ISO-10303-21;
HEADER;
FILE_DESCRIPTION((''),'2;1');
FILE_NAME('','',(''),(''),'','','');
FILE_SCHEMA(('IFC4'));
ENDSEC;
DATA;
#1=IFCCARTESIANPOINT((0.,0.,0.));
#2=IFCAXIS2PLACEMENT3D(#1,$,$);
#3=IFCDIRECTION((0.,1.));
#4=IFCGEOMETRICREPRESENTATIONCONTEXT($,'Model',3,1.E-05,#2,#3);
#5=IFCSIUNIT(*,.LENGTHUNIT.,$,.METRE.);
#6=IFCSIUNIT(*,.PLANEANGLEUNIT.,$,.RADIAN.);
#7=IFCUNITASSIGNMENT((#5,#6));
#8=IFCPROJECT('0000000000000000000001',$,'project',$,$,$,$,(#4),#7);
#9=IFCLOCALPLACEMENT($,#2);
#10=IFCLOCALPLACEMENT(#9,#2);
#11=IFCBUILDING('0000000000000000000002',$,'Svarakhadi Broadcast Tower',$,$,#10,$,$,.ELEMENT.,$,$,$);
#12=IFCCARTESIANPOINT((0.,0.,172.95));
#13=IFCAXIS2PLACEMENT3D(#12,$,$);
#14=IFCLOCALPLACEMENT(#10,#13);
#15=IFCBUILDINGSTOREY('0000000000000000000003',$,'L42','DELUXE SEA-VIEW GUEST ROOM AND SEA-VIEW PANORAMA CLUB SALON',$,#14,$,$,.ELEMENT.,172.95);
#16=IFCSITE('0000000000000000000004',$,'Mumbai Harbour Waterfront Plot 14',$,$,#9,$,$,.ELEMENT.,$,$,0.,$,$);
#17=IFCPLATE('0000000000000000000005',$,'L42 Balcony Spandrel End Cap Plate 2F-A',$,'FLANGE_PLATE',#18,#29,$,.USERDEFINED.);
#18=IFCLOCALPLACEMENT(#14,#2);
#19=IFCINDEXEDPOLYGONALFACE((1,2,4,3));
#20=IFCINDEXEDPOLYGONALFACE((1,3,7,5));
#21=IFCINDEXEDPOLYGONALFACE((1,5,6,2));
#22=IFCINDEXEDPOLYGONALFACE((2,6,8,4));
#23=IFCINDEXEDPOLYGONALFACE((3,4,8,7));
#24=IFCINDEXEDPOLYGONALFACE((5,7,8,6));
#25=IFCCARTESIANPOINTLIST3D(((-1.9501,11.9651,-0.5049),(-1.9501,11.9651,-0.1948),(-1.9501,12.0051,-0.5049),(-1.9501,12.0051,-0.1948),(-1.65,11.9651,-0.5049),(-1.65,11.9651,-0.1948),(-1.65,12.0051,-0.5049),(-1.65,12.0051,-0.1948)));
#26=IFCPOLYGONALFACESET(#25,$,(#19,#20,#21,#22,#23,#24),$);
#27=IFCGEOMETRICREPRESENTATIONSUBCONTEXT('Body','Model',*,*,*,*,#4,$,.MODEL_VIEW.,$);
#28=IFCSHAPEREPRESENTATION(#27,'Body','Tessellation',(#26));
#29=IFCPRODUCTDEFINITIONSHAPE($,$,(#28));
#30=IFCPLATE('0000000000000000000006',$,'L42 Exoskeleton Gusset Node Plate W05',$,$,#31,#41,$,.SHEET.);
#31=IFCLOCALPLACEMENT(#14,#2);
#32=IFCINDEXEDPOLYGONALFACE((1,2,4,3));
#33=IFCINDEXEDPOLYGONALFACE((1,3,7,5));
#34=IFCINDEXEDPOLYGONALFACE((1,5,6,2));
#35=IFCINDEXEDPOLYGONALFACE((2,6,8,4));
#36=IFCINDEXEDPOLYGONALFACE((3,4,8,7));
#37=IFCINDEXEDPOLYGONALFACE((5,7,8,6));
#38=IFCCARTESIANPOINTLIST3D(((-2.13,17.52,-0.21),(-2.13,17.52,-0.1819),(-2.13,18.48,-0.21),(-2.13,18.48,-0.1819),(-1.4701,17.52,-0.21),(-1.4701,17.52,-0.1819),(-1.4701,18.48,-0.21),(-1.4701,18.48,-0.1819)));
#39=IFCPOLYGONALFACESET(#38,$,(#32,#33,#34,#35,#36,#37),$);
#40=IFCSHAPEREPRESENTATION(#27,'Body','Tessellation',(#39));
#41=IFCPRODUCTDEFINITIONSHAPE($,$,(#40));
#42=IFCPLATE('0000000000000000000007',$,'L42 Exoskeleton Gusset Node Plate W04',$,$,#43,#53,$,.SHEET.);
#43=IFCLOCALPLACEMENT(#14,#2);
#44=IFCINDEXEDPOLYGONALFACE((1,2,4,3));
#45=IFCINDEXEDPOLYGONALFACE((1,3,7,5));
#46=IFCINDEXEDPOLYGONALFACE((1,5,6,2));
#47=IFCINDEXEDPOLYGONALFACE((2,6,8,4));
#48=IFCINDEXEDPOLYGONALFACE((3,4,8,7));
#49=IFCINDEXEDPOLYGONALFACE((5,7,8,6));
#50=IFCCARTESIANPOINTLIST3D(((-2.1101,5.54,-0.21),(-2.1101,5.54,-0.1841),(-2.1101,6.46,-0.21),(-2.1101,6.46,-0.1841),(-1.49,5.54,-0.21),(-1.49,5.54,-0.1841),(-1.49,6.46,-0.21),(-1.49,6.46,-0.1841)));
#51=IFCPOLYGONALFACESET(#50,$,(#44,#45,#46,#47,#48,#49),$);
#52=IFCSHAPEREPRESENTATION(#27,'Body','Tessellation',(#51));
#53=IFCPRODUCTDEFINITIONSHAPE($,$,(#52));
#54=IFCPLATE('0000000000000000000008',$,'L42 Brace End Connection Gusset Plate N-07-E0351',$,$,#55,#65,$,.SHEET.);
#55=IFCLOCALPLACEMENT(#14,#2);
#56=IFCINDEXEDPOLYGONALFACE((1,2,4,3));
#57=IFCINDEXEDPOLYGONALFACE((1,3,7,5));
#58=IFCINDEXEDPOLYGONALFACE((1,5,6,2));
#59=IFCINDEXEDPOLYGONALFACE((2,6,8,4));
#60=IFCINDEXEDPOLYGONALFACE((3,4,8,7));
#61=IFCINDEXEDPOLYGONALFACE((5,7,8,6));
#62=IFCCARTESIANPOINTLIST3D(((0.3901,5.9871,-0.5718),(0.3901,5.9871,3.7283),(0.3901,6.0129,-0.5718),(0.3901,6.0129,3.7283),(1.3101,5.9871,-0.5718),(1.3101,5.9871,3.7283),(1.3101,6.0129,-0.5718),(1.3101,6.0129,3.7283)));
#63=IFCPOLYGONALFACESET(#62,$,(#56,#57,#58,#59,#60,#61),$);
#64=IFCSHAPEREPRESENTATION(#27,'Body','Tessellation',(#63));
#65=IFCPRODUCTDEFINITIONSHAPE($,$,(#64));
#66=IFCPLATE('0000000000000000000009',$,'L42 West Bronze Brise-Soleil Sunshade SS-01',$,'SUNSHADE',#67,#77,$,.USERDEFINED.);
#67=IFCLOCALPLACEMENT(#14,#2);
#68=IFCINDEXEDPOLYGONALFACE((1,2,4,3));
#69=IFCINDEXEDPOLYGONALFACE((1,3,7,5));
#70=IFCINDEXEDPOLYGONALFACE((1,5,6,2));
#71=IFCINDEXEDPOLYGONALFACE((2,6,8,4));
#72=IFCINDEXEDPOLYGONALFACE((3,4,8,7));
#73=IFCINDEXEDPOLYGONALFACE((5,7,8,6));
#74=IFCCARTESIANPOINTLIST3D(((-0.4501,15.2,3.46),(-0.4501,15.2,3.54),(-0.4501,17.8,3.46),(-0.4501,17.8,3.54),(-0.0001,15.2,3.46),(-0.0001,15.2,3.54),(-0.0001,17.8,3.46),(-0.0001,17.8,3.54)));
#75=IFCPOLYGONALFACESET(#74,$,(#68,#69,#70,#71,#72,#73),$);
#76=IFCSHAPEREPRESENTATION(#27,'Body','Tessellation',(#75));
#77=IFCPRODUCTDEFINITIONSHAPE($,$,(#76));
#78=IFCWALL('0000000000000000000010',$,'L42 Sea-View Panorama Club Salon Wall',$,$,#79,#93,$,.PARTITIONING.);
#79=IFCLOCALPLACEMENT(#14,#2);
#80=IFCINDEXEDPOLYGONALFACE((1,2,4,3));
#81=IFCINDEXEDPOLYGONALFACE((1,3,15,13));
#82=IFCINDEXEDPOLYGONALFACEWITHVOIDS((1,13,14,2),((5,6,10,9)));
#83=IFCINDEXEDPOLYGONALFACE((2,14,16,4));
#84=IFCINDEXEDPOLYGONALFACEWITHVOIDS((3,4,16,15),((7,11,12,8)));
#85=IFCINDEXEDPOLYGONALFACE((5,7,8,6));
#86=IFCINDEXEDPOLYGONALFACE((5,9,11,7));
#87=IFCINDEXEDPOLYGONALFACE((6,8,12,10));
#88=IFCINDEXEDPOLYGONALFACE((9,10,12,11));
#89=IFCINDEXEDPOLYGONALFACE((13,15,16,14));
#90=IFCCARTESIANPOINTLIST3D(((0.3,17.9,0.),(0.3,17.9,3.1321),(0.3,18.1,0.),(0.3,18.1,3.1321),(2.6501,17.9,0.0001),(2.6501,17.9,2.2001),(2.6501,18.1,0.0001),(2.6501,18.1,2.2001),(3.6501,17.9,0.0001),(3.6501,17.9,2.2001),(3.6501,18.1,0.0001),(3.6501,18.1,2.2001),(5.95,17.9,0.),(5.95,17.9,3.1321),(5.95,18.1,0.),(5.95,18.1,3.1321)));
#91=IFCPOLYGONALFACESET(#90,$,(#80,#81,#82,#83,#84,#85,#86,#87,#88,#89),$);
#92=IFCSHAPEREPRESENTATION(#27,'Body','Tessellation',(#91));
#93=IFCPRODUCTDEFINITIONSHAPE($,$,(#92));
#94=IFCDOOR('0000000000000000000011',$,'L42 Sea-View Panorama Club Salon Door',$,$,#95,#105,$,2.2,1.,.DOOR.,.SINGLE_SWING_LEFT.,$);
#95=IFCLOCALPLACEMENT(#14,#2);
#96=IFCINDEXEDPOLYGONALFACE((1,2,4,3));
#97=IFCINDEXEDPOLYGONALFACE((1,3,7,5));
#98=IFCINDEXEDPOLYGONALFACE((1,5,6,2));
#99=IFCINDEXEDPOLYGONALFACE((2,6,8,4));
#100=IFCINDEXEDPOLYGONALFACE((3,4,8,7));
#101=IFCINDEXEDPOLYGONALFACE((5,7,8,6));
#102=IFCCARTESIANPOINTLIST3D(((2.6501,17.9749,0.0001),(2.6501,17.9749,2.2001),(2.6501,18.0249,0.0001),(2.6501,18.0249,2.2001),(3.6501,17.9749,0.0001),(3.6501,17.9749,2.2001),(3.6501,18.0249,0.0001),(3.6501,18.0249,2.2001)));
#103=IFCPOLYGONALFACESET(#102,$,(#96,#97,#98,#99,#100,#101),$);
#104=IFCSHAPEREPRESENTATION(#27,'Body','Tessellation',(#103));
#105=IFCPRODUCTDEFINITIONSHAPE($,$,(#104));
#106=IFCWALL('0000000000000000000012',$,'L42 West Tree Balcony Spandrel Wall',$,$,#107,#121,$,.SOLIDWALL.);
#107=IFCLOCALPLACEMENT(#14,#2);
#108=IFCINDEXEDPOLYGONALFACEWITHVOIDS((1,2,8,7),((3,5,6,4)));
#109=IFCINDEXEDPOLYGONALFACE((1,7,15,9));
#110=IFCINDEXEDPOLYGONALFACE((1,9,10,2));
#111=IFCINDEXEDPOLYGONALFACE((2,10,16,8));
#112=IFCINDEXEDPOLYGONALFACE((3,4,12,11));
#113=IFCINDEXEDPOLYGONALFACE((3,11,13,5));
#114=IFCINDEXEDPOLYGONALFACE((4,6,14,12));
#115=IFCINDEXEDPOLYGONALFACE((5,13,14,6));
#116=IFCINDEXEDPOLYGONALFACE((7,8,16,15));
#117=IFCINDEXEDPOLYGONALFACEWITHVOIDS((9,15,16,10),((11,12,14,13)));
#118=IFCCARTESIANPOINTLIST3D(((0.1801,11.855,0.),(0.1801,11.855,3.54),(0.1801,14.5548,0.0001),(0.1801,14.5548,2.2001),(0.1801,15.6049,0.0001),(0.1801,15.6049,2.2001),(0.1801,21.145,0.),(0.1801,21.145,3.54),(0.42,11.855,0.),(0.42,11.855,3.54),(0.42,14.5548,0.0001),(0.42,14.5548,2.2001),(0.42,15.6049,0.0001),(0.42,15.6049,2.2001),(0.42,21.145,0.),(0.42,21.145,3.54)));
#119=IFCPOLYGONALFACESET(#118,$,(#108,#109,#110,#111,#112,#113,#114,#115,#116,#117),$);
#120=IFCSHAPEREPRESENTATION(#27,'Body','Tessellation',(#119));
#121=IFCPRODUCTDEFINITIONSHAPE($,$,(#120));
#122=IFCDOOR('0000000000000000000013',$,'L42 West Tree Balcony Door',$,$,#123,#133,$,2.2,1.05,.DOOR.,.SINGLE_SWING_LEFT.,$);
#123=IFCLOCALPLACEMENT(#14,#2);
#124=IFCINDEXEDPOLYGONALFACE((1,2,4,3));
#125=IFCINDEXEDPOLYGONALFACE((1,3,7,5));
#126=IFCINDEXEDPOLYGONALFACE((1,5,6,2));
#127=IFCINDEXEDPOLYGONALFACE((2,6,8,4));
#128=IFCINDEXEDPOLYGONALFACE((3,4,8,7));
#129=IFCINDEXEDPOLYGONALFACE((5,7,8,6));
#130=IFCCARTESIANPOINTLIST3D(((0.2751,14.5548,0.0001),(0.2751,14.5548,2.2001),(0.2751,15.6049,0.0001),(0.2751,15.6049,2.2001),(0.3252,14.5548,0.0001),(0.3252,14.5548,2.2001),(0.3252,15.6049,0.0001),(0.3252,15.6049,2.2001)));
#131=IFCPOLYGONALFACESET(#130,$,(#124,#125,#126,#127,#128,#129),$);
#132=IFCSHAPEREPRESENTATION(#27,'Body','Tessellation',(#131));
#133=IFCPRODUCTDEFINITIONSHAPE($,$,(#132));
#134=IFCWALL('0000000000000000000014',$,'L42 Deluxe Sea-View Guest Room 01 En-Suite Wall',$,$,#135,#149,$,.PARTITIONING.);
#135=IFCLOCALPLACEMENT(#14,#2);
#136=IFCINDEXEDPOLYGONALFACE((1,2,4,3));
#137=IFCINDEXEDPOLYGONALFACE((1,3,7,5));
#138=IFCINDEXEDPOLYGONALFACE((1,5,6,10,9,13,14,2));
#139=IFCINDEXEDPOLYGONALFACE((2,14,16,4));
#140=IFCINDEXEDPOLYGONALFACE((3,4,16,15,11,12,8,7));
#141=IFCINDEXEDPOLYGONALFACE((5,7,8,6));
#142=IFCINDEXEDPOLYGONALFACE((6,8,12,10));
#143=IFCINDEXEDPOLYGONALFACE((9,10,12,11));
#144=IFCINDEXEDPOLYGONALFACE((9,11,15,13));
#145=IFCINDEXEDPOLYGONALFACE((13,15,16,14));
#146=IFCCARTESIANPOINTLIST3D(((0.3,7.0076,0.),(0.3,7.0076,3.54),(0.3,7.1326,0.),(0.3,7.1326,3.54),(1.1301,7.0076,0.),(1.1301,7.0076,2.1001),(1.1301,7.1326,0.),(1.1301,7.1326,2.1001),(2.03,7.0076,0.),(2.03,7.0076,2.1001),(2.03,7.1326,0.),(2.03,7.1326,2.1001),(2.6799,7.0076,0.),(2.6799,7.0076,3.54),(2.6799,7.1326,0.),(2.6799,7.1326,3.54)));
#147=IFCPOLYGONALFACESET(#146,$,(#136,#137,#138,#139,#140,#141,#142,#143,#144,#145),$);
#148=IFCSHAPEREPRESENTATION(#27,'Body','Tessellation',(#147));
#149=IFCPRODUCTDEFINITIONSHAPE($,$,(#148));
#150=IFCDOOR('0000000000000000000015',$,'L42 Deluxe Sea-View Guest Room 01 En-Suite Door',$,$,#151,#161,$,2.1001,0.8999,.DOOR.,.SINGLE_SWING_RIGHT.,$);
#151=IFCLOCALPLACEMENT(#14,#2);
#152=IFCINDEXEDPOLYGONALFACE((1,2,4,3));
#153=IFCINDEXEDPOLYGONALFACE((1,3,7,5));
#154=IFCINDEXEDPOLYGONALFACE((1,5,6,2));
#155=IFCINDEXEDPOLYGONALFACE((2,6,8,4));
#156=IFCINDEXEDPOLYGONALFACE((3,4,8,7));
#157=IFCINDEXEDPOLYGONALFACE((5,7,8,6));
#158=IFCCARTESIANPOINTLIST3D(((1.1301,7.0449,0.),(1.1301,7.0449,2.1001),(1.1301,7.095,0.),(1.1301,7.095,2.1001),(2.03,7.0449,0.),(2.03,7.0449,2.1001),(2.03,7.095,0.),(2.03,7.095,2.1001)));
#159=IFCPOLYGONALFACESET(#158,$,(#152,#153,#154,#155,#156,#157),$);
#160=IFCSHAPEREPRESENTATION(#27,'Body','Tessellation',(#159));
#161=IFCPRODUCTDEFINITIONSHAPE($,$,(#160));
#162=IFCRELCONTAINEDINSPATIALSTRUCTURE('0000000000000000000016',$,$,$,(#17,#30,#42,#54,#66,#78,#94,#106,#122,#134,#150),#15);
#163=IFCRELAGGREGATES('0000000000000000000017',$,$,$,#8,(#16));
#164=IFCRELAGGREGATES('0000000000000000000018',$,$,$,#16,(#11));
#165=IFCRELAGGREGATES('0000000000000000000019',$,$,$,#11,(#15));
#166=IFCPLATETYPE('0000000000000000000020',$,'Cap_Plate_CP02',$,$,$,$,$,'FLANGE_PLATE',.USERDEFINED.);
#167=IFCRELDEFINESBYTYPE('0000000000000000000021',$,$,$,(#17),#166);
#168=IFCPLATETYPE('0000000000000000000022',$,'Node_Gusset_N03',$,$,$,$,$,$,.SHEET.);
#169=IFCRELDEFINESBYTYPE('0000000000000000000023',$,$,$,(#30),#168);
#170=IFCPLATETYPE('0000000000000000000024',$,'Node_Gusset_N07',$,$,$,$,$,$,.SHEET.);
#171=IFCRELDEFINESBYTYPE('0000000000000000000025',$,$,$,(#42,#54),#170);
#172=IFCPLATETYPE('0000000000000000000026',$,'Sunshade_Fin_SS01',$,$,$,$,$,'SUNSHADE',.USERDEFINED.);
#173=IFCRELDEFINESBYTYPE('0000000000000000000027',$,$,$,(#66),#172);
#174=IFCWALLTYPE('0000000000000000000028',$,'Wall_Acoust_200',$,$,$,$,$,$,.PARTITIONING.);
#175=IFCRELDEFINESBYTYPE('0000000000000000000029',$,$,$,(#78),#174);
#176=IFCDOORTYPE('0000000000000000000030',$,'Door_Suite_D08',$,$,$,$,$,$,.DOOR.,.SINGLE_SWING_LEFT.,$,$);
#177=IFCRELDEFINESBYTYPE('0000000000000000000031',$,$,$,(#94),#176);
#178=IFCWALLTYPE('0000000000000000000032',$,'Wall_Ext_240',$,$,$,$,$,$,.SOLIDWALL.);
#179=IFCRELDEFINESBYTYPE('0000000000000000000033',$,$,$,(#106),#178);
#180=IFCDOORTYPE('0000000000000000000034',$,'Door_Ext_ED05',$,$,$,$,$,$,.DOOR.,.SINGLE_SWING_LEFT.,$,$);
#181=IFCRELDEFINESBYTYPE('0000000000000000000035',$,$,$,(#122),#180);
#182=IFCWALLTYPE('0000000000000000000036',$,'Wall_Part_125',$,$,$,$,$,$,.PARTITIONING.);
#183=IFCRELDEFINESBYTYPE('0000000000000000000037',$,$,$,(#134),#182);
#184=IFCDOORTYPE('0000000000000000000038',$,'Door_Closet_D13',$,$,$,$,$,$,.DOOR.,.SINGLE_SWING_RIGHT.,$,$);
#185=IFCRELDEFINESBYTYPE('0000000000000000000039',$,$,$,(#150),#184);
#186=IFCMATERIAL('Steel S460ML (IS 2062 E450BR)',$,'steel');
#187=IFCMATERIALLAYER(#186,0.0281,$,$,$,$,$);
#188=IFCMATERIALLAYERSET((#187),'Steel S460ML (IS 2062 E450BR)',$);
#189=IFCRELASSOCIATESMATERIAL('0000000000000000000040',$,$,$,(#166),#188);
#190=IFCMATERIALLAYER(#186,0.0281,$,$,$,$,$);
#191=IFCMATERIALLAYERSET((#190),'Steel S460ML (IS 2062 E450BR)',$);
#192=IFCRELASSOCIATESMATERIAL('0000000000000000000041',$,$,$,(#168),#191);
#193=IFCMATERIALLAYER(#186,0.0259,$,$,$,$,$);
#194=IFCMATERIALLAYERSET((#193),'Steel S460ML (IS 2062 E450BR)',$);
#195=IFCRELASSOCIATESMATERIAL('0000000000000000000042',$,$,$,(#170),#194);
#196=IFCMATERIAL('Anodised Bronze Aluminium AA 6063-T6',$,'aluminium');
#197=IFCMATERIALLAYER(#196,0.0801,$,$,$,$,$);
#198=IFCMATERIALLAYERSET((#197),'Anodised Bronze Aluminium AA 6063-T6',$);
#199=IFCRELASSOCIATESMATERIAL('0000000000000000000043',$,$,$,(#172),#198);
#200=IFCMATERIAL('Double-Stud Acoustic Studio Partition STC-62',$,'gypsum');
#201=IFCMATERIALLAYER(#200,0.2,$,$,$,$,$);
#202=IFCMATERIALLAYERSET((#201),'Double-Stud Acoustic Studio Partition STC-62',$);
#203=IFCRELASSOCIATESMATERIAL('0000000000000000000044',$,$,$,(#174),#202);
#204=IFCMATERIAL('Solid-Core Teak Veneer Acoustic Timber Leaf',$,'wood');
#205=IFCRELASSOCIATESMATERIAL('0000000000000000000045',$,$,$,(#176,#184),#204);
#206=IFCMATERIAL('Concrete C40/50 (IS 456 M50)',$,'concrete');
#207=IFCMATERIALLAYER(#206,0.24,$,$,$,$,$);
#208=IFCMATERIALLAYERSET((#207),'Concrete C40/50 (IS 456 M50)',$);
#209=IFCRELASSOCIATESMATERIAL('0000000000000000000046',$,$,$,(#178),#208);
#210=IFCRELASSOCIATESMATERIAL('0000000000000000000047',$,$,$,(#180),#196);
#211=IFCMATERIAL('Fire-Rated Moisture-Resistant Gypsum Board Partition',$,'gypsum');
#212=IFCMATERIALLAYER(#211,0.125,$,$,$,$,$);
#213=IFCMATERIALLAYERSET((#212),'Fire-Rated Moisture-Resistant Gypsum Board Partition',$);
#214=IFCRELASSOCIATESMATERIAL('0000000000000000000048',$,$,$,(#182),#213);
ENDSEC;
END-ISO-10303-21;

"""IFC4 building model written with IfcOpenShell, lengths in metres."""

from ifc_helpers import new_model, si_unit, direction, frame, frame_2d, origin, origin_2d, place, context, subcontext, project, spatial, rectangle, extrude, material, layer, layer_set, type_object, element, fill, save


model = new_model("IFC4")

# Units and contexts
model_context = context("Model", 3, precision=1e-05, world=origin(), true_north=direction((0.0, 1.0)))
body_context = subcontext(model_context, "Body", "Model", "MODEL_VIEW")
ifc_project = project(units=[si_unit("LENGTHUNIT", "METRE"), si_unit("PLANEANGLEUNIT", "RADIAN")], contexts=[model_context])

# Site, building, storey
site_placement = place(None, origin())
site = spatial("IfcSite", under=ifc_project, at=site_placement, Name="Mumbai Harbour Waterfront Plot 14", CompositionType="ELEMENT", RefElevation=0.0)
building_placement = place(site_placement, origin())
building = spatial("IfcBuilding", under=site, at=building_placement, Name="Svarakhadi Broadcast Tower", CompositionType="ELEMENT")
storey_placement = place(building_placement, frame((0.0, 0.0, 172.95)))
storey = spatial("IfcBuildingStorey", under=building, at=storey_placement, Name="L42", Description="DELUXE SEA-VIEW GUEST ROOM AND SEA-VIEW PANORAMA CLUB SALON", CompositionType="ELEMENT", Elevation=172.95)

# Shared definitions
ifc_material_1 = material(Name="Steel S460ML (IS 2062 E450BR)", Category="steel")

# Shared definitions
ifc_material_2 = material(Name="Anodised Bronze Aluminium AA 6063-T6", Category="aluminium")

# Plates
ifc_layer_1 = layer(ifc_material_1, 0.0281)
ifc_layer_set_1 = layer_set([ifc_layer_1], Name="Steel S460ML (IS 2062 E450BR)")
plate_type_1 = type_object("IfcPlateType", Name="Cap_Plate_CP02", ElementType="FLANGE_PLATE", PredefinedType="USERDEFINED", material=ifc_layer_set_1)
plate_1_placement = place(storey_placement, frame((-1.8, 11.9851, -0.5049), z_axis=(0.0, 0.0, 1.0), x_axis=(1.0, 0.0, 0.0)))
element("IfcPlate", 1, at=plate_1_placement, inside=storey, type_object=plate_type_1, Name="L42 Balcony Spandrel End Cap Plate 2F-A", ObjectType="FLANGE_PLATE", PredefinedType="USERDEFINED", context=body_context, shape_type="SweptSolid", body=[
    extrude(rectangle(XDim=0.3, YDim=0.04, at=origin_2d()), origin(), (0.0, 0.0, 1.0), 0.3101),
])
ifc_layer_2 = layer(ifc_material_1, 0.0281)
ifc_layer_set_2 = layer_set([ifc_layer_2], Name="Steel S460ML (IS 2062 E450BR)")
plate_type_2 = type_object("IfcPlateType", Name="Node_Gusset_N03", PredefinedType="SHEET", material=ifc_layer_set_2)
plate_2_placement = place(storey_placement, frame((-1.8, 18.0, -0.21), z_axis=(0.0, 0.0, 1.0), x_axis=(0.0, 1.0, 0.0)))
element("IfcPlate", 2, at=plate_2_placement, inside=storey, type_object=plate_type_2, Name="L42 Exoskeleton Gusset Node Plate W05", PredefinedType="SHEET", context=body_context, shape_type="SweptSolid", body=[
    extrude(rectangle(XDim=0.96, YDim=0.6599, at=origin_2d()), origin(), (0.0, 0.0, 1.0), 0.0281),
])
ifc_layer_3 = layer(ifc_material_1, 0.0259)
ifc_layer_set_3 = layer_set([ifc_layer_3], Name="Steel S460ML (IS 2062 E450BR)")
plate_type_3 = type_object("IfcPlateType", Name="Node_Gusset_N07", PredefinedType="SHEET", material=ifc_layer_set_3)
plate_3_placement = place(storey_placement, frame((-1.8, 6.0, -0.21), z_axis=(0.0, 0.0, 1.0), x_axis=(0.0, 1.0, 0.0)))
element("IfcPlate", 3, at=plate_3_placement, inside=storey, type_object=plate_type_3, Name="L42 Exoskeleton Gusset Node Plate W04", PredefinedType="SHEET", context=body_context, shape_type="SweptSolid", body=[
    extrude(rectangle(XDim=0.9199, YDim=0.6201, at=origin_2d()), origin(), (0.0, 0.0, 1.0), 0.0259),
])
plate_4_placement = place(storey_placement, frame((0.8501, 6.0, -0.5718), z_axis=(0.0, 0.0, 1.0), x_axis=(1.0, 0.0, 0.0)))
element("IfcPlate", 4, at=plate_4_placement, inside=storey, type_object=plate_type_3, Name="L42 Brace End Connection Gusset Plate N-07-E0351", PredefinedType="SHEET", context=body_context, shape_type="SweptSolid", body=[
    extrude(rectangle(XDim=0.9199, YDim=0.0259, at=origin_2d()), origin(), (0.0, 0.0, 1.0), 4.3),
])
ifc_layer_4 = layer(ifc_material_2, 0.0801)
ifc_layer_set_4 = layer_set([ifc_layer_4], Name="Anodised Bronze Aluminium AA 6063-T6")
plate_type_4 = type_object("IfcPlateType", Name="Sunshade_Fin_SS01", ElementType="SUNSHADE", PredefinedType="USERDEFINED", material=ifc_layer_set_4)
plate_5_placement = place(storey_placement, frame((-0.2251, 16.5, 3.46), z_axis=(0.0, 0.0, 1.0), x_axis=(0.0, 1.0, 0.0)))
element("IfcPlate", 5, at=plate_5_placement, inside=storey, type_object=plate_type_4, Name="L42 West Bronze Brise-Soleil Sunshade SS-01", ObjectType="SUNSHADE", PredefinedType="USERDEFINED", context=body_context, shape_type="SweptSolid", body=[
    extrude(rectangle(XDim=2.6001, YDim=0.45, at=origin_2d()), origin(), (0.0, 0.0, 1.0), 0.0801),
])

# Walls, openings, doors
ifc_material_3 = material(Name="Double-Stud Acoustic Studio Partition STC-62", Category="gypsum")
ifc_layer_5 = layer(ifc_material_3, 0.2)
ifc_layer_set_5 = layer_set([ifc_layer_5], Name="Double-Stud Acoustic Studio Partition STC-62")
wall_type_1 = type_object("IfcWallType", Name="Wall_Acoust_200", PredefinedType="PARTITIONING", material=ifc_layer_set_5)
wall_1_placement = place(storey_placement, frame((0.3, 18.0, 0.0), z_axis=(0.0, 0.0, 1.0), x_axis=(1.0, 0.0, 0.0)))
wall_1 = element("IfcWall", 6, at=wall_1_placement, inside=storey, type_object=wall_type_1, Name="L42 Sea-View Panorama Club Salon Wall", PredefinedType="PARTITIONING", context=body_context, shape_type="SweptSolid", body=[
    extrude(rectangle(XDim=5.6499, YDim=0.2, at=frame_2d((2.825, 0.0))), origin(), (0.0, 0.0, 1.0), 3.1321),
])
opening_1_placement = place(wall_1_placement, frame((2.3501, 0.0, 0.0)))
opening_1 = element("IfcOpeningElement", 7, at=opening_1_placement, cuts=wall_1, PredefinedType="OPENING", context=body_context, shape_type="SweptSolid", body=[
    extrude(rectangle(XDim=1.0, YDim=2.2, at=frame_2d((0.5, 1.1001))), frame((0.0, 0.1099, 0.0), z_axis=(0.0, -1.0, 0.0), x_axis=(1.0, 0.0, 0.0)), (0.0, 0.0, 1.0), 0.22),
])
ifc_material_4 = material(Name="Solid-Core Teak Veneer Acoustic Timber Leaf", Category="wood")
door_type_1 = type_object("IfcDoorType", Name="Door_Suite_D08", OperationType="SINGLE_SWING_LEFT", PredefinedType="DOOR", material=ifc_material_4)
door_1_placement = place(opening_1_placement, origin())
door_1 = element("IfcDoor", 8, at=door_1_placement, inside=storey, type_object=door_type_1, Name="L42 Sea-View Panorama Club Salon Door", OperationType="SINGLE_SWING_LEFT", OverallHeight=2.2, OverallWidth=1.0, PredefinedType="DOOR", context=body_context, shape_type="SweptSolid", body=[
    extrude(rectangle(XDim=1.0, YDim=2.2, at=frame_2d((0.5, 1.1001))), frame((0.0, 0.0249, 0.0), z_axis=(0.0, -1.0, 0.0), x_axis=(1.0, 0.0, 0.0)), (0.0, 0.0, 1.0), 0.05),
])
fill(opening_1, door_1)
ifc_material_5 = material(Name="Concrete C40/50 (IS 456 M50)", Category="concrete")
ifc_layer_6 = layer(ifc_material_5, 0.24)
ifc_layer_set_6 = layer_set([ifc_layer_6], Name="Concrete C40/50 (IS 456 M50)")
wall_type_2 = type_object("IfcWallType", Name="Wall_Ext_240", PredefinedType="SOLIDWALL", material=ifc_layer_set_6)
wall_2_placement = place(storey_placement, frame((0.3, 11.855, 0.0), z_axis=(0.0, 0.0, 1.0), x_axis=(0.0, 1.0, 0.0)))
wall_2 = element("IfcWall", 9, at=wall_2_placement, inside=storey, type_object=wall_type_2, Name="L42 West Tree Balcony Spandrel Wall", PredefinedType="SOLIDWALL", context=body_context, shape_type="SweptSolid", body=[
    extrude(rectangle(XDim=9.29, YDim=0.24, at=frame_2d((4.645, 0.0))), origin(), (0.0, 0.0, 1.0), 3.54),
])
opening_2_placement = place(wall_2_placement, frame((2.7, 0.0, 0.0)))
opening_2 = element("IfcOpeningElement", 10, at=opening_2_placement, cuts=wall_2, PredefinedType="OPENING", context=body_context, shape_type="SweptSolid", body=[
    extrude(rectangle(XDim=1.05, YDim=2.2, at=frame_2d((0.5249, 1.1001))), frame((0.0, 0.1299, 0.0), z_axis=(0.0, -1.0, 0.0), x_axis=(1.0, 0.0, 0.0)), (0.0, 0.0, 1.0), 0.26),
])
door_type_2 = type_object("IfcDoorType", Name="Door_Ext_ED05", OperationType="SINGLE_SWING_LEFT", PredefinedType="DOOR", material=ifc_material_2)
door_2_placement = place(opening_2_placement, origin())
door_2 = element("IfcDoor", 11, at=door_2_placement, inside=storey, type_object=door_type_2, Name="L42 West Tree Balcony Door", OperationType="SINGLE_SWING_LEFT", OverallHeight=2.2, OverallWidth=1.05, PredefinedType="DOOR", context=body_context, shape_type="SweptSolid", body=[
    extrude(rectangle(XDim=1.05, YDim=2.2, at=frame_2d((0.5249, 1.1001))), frame((0.0, 0.0249, 0.0), z_axis=(0.0, -1.0, 0.0), x_axis=(1.0, 0.0, 0.0)), (0.0, 0.0, 1.0), 0.05),
])
fill(opening_2, door_2)
ifc_material_6 = material(Name="Fire-Rated Moisture-Resistant Gypsum Board Partition", Category="gypsum")
ifc_layer_7 = layer(ifc_material_6, 0.125)
ifc_layer_set_7 = layer_set([ifc_layer_7], Name="Fire-Rated Moisture-Resistant Gypsum Board Partition")
wall_type_3 = type_object("IfcWallType", Name="Wall_Part_125", PredefinedType="PARTITIONING", material=ifc_layer_set_7)
wall_3_placement = place(storey_placement, frame((0.3, 7.0701, 0.0), z_axis=(0.0, 0.0, 1.0), x_axis=(1.0, 0.0, 0.0)))
wall_3 = element("IfcWall", 12, at=wall_3_placement, inside=storey, type_object=wall_type_3, Name="L42 Deluxe Sea-View Guest Room 01 En-Suite Wall", PredefinedType="PARTITIONING", context=body_context, shape_type="SweptSolid", body=[
    extrude(rectangle(XDim=2.3799, YDim=0.125, at=frame_2d((1.1899, 0.0))), origin(), (0.0, 0.0, 1.0), 3.54),
])
opening_3_placement = place(wall_3_placement, frame((0.8301, 0.0, 0.0)))
opening_3 = element("IfcOpeningElement", 13, at=opening_3_placement, cuts=wall_3, PredefinedType="OPENING", context=body_context, shape_type="SweptSolid", body=[
    extrude(rectangle(XDim=0.8999, YDim=2.1001, at=frame_2d((0.45, 1.05))), frame((0.0, 0.0725, 0.0), z_axis=(0.0, -1.0, 0.0), x_axis=(1.0, 0.0, 0.0)), (0.0, 0.0, 1.0), 0.145),
])
door_type_3 = type_object("IfcDoorType", Name="Door_Closet_D13", OperationType="SINGLE_SWING_RIGHT", PredefinedType="DOOR", material=ifc_material_4)
door_3_placement = place(opening_3_placement, origin())
door_3 = element("IfcDoor", 14, at=door_3_placement, inside=storey, type_object=door_type_3, Name="L42 Deluxe Sea-View Guest Room 01 En-Suite Door", OperationType="SINGLE_SWING_RIGHT", OverallHeight=2.1001, OverallWidth=0.8999, PredefinedType="DOOR", context=body_context, shape_type="SweptSolid", body=[
    extrude(rectangle(XDim=0.8999, YDim=2.1001, at=frame_2d((0.45, 1.05))), frame((0.0, 0.0249, 0.0), z_axis=(0.0, -1.0, 0.0), x_axis=(1.0, 0.0, 0.0)), (0.0, 0.0, 1.0), 0.05),
])
fill(opening_3, door_3)

save(model, "model.ifc")
